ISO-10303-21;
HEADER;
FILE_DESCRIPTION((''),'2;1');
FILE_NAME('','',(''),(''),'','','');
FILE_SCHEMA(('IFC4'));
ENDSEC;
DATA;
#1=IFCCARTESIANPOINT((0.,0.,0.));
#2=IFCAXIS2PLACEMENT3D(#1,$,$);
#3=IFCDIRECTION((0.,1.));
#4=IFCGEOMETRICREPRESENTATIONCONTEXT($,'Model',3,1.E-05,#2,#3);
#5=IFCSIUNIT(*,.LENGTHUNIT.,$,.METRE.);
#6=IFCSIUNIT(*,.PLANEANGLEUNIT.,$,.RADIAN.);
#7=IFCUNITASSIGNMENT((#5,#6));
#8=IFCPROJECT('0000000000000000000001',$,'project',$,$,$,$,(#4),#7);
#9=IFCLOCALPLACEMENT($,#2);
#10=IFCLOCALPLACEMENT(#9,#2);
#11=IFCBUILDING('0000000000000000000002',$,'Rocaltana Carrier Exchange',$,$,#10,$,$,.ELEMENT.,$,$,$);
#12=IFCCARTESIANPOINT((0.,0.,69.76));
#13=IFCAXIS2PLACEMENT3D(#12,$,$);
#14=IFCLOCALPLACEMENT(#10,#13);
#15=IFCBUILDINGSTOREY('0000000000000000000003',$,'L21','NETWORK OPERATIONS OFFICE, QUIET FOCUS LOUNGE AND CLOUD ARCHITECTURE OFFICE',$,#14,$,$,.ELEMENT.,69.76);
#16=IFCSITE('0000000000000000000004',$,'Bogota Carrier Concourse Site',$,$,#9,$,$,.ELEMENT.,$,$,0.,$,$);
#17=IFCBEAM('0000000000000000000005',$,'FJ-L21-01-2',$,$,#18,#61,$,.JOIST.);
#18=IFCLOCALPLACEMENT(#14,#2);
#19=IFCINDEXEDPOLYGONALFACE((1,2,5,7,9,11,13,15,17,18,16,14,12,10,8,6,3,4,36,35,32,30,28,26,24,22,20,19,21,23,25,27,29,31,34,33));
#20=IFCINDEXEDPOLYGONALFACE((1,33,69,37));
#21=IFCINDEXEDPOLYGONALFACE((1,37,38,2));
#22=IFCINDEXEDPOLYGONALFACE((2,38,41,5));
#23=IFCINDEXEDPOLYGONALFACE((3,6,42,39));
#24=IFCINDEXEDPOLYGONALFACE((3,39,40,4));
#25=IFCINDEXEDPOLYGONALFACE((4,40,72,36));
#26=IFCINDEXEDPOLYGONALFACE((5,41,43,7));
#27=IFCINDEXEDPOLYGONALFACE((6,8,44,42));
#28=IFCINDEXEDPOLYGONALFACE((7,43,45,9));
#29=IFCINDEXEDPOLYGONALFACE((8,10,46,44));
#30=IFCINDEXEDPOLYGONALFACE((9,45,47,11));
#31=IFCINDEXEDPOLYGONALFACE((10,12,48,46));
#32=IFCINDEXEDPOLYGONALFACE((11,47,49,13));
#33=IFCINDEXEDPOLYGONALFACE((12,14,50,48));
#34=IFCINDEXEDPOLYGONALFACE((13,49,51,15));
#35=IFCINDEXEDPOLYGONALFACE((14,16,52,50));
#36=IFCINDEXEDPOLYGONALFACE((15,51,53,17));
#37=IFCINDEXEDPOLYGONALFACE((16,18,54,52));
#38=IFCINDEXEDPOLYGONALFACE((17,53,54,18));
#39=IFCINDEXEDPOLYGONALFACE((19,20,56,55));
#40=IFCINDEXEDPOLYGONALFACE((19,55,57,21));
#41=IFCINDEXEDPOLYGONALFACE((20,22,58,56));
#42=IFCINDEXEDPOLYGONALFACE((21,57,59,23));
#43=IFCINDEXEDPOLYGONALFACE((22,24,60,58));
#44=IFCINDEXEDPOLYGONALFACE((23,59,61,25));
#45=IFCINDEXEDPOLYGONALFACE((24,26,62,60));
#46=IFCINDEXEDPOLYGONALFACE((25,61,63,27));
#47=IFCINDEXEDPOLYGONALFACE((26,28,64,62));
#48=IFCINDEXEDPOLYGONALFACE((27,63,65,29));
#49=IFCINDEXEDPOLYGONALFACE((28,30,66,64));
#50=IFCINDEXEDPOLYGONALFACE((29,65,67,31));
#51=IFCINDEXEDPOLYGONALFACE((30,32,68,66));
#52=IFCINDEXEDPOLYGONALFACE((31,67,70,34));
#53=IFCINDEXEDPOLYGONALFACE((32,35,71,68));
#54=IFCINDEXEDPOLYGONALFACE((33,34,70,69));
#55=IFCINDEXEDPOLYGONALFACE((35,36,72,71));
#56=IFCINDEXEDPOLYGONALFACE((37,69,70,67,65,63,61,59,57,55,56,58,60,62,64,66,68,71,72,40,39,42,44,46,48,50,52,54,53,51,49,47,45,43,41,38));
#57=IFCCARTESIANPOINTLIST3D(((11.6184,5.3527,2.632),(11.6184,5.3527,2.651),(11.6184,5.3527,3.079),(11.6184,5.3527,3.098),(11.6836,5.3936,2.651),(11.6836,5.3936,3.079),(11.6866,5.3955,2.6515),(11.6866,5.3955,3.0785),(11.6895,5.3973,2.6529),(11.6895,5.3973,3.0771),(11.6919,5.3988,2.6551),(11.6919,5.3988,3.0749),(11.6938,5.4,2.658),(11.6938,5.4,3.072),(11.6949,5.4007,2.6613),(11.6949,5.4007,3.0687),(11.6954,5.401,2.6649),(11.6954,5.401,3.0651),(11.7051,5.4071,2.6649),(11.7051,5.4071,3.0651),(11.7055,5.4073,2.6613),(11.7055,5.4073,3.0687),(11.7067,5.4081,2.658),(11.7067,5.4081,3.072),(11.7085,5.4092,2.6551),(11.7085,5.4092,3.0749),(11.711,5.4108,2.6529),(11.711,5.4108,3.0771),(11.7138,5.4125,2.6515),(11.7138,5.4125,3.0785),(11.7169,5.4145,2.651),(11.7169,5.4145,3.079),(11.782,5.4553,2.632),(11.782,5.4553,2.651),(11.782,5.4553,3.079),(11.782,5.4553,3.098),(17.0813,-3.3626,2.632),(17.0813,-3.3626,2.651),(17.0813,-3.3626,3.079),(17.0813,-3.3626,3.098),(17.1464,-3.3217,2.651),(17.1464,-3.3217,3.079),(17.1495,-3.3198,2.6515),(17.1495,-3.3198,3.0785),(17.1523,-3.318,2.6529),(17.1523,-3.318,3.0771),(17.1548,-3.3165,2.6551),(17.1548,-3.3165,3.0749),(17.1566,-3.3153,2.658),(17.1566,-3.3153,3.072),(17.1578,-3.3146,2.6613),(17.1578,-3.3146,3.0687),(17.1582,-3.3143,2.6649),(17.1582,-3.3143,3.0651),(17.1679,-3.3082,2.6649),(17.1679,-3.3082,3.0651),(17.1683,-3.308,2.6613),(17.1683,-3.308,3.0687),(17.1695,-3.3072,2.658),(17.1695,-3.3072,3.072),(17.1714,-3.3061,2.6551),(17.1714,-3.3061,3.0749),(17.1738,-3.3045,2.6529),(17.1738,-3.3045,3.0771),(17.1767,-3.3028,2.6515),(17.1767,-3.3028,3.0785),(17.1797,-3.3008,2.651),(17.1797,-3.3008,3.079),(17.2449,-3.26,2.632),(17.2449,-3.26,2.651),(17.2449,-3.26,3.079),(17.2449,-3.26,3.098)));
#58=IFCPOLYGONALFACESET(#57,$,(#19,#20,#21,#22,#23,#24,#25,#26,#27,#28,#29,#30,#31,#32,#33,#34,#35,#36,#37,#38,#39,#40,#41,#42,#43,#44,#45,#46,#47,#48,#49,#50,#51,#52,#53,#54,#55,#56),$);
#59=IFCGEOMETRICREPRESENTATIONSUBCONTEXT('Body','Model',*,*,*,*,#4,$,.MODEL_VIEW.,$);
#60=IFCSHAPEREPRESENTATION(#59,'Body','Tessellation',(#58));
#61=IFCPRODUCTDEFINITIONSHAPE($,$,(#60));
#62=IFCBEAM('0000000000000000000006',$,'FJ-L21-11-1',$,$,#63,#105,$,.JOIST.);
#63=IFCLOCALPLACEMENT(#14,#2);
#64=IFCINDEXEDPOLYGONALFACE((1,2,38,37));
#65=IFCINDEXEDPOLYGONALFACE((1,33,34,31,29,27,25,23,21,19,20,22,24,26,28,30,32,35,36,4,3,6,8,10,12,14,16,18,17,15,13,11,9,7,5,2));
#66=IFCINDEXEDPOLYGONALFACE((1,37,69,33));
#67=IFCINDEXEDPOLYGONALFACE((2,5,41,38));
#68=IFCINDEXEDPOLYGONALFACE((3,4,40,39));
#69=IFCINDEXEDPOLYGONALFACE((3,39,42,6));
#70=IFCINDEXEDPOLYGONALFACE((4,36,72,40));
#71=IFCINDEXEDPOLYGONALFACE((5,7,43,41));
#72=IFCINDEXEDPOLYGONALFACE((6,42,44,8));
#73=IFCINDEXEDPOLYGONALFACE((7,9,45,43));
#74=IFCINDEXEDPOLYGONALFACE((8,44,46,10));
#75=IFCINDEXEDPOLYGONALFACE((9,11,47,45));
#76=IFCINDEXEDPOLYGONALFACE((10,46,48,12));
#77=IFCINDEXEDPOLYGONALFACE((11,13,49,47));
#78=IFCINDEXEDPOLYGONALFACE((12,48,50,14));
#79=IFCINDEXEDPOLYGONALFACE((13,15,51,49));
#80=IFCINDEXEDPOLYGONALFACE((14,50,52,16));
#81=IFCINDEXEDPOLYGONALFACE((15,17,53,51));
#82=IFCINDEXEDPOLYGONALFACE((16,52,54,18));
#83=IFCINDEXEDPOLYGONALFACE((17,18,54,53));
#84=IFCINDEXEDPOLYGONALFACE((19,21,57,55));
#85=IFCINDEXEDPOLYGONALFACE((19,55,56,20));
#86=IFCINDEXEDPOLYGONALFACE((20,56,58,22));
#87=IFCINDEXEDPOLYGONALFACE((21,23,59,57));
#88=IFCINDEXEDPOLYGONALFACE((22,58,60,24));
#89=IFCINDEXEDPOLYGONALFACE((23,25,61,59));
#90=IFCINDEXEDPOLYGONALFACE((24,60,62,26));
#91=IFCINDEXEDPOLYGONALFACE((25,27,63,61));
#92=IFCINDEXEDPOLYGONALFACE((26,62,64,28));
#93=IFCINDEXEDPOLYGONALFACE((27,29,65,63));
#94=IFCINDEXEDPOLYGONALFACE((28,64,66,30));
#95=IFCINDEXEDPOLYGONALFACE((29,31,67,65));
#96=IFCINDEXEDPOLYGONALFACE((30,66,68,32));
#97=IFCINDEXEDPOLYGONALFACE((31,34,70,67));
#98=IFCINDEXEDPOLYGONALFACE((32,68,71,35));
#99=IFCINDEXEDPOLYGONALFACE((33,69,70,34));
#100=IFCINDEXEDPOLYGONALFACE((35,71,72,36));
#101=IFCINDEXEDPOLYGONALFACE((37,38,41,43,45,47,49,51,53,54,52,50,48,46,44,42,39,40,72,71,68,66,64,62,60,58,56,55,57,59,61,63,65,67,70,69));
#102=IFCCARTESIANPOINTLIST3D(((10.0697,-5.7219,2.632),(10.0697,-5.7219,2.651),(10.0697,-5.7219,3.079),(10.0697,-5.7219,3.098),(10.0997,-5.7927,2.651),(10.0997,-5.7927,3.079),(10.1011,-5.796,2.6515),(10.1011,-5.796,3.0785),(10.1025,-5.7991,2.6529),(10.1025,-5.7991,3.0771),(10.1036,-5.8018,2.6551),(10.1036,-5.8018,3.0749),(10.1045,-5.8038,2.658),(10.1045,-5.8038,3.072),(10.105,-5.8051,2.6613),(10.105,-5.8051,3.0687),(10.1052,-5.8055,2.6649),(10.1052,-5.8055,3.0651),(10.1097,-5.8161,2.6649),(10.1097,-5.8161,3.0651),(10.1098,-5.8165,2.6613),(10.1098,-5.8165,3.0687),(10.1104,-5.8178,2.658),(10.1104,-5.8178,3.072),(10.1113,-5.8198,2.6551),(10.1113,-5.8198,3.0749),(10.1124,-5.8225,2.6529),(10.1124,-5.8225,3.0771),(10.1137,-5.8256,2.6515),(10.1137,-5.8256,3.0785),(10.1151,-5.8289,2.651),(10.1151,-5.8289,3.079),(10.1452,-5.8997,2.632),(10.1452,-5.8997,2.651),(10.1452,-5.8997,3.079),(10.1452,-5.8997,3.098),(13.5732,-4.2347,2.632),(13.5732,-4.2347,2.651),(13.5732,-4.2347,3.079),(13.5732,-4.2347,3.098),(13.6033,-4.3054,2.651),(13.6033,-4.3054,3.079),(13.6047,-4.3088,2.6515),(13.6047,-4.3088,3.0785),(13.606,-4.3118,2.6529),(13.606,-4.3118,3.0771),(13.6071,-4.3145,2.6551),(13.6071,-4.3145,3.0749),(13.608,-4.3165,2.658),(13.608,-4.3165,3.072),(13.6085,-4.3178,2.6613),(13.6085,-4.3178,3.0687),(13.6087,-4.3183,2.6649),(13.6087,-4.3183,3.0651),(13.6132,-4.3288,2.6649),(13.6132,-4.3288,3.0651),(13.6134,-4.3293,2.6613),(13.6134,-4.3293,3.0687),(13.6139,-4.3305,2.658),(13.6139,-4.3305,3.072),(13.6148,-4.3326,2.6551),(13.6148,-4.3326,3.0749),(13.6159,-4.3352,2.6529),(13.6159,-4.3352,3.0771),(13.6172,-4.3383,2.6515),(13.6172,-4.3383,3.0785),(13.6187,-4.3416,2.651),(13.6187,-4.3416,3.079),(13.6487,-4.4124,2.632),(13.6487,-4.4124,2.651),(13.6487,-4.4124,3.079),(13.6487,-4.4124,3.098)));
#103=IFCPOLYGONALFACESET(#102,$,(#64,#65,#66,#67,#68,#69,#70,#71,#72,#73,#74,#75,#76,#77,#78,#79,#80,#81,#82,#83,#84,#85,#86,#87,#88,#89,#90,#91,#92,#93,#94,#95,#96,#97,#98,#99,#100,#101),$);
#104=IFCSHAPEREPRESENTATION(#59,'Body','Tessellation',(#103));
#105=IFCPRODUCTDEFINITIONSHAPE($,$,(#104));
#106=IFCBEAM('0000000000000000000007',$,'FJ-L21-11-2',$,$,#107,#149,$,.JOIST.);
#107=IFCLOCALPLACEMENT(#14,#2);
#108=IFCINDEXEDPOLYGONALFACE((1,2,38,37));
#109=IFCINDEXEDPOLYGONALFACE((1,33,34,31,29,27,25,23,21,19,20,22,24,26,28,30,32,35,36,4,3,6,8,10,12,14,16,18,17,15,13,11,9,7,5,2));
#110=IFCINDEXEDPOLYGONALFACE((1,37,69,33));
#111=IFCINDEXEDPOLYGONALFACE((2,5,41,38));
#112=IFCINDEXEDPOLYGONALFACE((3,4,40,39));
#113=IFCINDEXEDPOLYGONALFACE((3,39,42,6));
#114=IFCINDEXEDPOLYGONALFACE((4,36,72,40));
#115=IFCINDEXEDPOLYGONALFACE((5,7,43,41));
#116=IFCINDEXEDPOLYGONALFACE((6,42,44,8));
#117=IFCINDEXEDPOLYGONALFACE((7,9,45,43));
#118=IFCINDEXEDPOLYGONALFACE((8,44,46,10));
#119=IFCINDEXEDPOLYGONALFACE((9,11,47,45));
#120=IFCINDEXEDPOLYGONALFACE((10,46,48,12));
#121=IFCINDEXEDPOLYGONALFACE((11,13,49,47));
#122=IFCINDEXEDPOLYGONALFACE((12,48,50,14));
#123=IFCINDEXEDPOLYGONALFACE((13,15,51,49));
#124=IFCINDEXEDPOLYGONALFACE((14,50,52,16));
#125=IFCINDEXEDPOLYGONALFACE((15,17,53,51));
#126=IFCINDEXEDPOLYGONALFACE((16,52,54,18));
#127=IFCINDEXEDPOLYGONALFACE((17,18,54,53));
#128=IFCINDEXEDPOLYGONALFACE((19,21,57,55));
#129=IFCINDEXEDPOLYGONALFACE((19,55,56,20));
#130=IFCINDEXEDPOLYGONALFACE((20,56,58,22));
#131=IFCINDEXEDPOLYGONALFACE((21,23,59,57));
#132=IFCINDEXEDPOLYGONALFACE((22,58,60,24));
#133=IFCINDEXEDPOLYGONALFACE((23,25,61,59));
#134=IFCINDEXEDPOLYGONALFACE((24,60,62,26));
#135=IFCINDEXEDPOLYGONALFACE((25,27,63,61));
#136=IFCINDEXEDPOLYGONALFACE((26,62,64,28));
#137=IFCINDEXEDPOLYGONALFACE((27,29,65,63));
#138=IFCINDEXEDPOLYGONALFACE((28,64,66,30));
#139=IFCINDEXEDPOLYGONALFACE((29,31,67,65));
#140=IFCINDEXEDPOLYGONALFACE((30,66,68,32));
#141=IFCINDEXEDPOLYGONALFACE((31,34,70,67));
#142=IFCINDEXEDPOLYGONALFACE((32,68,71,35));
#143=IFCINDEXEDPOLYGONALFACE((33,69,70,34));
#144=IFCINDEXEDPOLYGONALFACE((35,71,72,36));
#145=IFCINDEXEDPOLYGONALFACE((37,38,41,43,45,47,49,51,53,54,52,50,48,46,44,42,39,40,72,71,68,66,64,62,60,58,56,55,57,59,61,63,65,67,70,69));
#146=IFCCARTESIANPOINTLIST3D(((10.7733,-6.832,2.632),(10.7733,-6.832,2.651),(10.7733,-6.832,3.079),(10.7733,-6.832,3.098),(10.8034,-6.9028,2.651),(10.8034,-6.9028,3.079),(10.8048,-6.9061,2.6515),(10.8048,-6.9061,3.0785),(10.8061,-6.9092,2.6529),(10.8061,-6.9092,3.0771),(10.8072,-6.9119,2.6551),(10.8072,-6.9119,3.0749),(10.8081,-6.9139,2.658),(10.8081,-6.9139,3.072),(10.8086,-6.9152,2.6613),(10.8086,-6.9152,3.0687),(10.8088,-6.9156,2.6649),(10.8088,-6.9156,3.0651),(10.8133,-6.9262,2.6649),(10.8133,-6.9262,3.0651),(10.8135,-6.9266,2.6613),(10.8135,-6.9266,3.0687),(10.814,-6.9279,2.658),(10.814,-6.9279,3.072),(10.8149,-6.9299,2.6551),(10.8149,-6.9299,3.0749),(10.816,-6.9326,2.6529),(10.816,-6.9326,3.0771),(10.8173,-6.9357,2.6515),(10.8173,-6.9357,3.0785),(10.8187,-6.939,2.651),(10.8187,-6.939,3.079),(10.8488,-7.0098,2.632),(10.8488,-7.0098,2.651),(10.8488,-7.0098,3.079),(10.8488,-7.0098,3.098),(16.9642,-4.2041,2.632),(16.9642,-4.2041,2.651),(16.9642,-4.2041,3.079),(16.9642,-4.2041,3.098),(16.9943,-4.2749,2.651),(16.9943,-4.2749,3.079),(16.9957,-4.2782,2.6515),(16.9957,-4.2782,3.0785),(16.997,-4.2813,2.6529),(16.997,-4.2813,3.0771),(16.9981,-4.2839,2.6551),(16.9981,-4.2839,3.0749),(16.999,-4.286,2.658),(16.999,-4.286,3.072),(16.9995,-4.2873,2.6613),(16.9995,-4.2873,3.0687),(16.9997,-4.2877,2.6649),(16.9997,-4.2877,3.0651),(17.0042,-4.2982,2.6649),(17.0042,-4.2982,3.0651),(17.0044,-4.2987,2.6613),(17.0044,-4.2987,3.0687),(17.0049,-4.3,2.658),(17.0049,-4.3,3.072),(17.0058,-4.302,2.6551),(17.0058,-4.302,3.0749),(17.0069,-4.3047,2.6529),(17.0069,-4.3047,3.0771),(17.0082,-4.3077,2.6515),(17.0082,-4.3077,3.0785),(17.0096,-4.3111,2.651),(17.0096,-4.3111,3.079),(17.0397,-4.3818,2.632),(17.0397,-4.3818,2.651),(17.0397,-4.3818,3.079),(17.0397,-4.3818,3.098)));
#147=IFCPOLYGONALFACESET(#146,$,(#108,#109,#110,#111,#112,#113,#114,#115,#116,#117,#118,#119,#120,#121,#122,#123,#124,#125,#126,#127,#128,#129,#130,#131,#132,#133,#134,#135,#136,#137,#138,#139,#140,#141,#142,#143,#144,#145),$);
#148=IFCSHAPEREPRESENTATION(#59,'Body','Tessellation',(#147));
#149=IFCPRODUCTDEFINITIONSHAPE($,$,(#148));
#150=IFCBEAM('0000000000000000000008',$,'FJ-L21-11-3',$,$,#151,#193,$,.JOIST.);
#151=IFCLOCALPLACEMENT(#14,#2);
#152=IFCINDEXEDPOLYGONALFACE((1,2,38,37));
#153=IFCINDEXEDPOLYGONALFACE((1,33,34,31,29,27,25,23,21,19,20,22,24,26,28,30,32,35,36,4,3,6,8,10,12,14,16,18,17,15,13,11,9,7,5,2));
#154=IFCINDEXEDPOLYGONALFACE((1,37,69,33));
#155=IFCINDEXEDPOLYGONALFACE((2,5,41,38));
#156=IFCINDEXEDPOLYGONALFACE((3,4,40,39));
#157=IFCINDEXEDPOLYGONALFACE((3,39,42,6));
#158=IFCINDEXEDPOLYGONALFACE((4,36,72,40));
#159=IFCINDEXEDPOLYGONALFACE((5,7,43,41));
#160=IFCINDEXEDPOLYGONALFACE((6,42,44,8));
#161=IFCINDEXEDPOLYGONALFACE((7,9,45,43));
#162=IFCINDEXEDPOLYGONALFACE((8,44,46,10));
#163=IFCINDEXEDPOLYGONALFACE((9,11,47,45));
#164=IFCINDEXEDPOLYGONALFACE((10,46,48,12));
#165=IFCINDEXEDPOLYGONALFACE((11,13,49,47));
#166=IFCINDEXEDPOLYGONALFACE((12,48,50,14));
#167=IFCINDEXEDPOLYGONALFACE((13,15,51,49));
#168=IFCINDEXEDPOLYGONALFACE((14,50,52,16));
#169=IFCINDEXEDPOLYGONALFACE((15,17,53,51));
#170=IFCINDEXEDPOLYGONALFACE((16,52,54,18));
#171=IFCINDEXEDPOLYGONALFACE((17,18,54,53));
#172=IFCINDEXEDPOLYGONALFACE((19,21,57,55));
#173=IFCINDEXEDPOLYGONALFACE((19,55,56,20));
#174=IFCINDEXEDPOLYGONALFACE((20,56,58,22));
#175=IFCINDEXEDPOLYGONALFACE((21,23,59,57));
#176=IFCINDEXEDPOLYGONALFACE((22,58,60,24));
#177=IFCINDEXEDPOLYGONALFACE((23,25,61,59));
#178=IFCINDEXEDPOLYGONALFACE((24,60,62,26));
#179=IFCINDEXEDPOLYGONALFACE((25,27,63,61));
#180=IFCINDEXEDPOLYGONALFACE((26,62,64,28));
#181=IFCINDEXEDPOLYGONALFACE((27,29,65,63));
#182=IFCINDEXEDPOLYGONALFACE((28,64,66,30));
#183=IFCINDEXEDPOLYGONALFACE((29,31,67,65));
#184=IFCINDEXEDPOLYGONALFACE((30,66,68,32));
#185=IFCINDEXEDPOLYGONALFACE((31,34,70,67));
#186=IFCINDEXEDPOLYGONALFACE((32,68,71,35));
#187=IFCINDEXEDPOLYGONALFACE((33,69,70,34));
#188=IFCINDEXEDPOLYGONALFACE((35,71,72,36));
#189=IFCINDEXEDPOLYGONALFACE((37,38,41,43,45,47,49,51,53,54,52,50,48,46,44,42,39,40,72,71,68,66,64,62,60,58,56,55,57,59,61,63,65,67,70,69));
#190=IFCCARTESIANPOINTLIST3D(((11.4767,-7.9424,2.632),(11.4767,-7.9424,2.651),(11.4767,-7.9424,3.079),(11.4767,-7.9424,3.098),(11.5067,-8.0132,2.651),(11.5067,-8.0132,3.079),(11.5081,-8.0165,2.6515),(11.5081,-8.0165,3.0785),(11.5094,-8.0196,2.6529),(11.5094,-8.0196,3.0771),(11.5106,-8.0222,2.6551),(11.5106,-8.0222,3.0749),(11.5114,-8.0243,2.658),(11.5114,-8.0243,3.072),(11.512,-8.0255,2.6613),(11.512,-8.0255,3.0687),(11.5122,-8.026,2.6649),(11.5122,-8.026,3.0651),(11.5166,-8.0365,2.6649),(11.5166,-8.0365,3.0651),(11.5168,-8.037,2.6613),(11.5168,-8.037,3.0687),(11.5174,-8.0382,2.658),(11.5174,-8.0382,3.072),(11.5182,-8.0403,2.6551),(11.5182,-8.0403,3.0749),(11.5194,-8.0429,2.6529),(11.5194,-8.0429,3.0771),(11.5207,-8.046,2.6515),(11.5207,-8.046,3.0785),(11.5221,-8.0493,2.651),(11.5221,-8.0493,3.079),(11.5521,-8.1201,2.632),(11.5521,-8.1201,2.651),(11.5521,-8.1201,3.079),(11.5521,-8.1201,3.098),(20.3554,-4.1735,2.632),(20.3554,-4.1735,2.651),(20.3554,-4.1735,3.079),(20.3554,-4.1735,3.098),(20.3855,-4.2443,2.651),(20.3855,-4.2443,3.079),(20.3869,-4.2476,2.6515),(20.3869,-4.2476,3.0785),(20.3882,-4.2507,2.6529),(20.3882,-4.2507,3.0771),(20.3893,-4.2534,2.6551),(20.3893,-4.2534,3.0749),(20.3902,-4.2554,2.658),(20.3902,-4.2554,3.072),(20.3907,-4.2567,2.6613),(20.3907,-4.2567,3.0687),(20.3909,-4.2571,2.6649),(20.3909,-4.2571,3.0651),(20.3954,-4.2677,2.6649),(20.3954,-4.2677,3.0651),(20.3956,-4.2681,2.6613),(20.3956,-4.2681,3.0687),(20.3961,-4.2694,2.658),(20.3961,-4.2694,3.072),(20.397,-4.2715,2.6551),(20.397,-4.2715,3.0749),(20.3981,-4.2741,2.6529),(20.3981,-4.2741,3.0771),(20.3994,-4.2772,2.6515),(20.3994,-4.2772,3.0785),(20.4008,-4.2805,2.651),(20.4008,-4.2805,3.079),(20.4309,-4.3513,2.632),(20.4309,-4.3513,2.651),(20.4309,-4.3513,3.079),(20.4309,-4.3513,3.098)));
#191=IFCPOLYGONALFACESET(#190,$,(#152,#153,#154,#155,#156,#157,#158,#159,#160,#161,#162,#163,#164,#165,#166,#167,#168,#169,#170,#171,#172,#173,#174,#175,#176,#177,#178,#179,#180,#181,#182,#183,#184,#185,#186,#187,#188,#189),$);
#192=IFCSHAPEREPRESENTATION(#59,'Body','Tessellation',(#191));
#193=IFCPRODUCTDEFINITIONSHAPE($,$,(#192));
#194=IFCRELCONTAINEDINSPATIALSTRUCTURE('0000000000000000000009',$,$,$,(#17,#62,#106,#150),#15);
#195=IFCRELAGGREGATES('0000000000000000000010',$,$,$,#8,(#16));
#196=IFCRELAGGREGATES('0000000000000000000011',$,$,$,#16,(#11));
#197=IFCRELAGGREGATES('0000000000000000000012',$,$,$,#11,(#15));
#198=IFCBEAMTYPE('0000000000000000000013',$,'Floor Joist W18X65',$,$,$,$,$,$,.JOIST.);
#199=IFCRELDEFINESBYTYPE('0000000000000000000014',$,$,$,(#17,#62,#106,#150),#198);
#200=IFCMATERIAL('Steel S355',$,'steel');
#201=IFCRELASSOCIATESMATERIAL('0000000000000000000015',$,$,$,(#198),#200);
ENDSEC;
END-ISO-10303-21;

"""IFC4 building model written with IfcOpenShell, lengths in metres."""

from ifc_helpers import new_model, si_unit, direction, frame, origin, origin_2d, place, context, subcontext, project, spatial, i_section, extrude, material, material_profile, profile_set, type_object, element, save


model = new_model("IFC4")

# Units and contexts
model_context = context("Model", 3, precision=1e-05, world=origin(), true_north=direction((0.0, 1.0)))
body_context = subcontext(model_context, "Body", "Model", "MODEL_VIEW")
ifc_project = project(units=[si_unit("LENGTHUNIT", "METRE"), si_unit("PLANEANGLEUNIT", "RADIAN")], contexts=[model_context])

# Site, building, storey
site_placement = place(None, origin())
site = spatial("IfcSite", under=ifc_project, at=site_placement, Name="Bogota Carrier Concourse Site", CompositionType="ELEMENT", RefElevation=0.0)
building_placement = place(site_placement, origin())
building = spatial("IfcBuilding", under=site, at=building_placement, Name="Rocaltana Carrier Exchange", CompositionType="ELEMENT")
storey_placement = place(building_placement, frame((0.0, 0.0, 69.76)))
storey = spatial("IfcBuildingStorey", under=building, at=storey_placement, Name="L21", Description="NETWORK OPERATIONS OFFICE, QUIET FOCUS LOUNGE AND CLOUD ARCHITECTURE OFFICE", CompositionType="ELEMENT", Elevation=69.76)

# Beams
ifc_material_1 = material(Name="Steel S355", Category="steel")
ifc_material_profile_1 = material_profile(ifc_material_1, i_section(OverallWidth=0.1931, OverallDepth=0.4661, WebThickness=0.0115, FlangeThickness=0.019, FilletRadius=0.0139, at=origin_2d()), Name="W18X65")
ifc_profile_set_1 = profile_set([ifc_material_profile_1], Name="Steel S355")
beam_type_1 = type_object("IfcBeamType", Name="Floor Joist W18X65", PredefinedType="JOIST", material=ifc_profile_set_1)
beam_1_placement = place(storey_placement, frame((17.1631, -3.3113, 2.865), z_axis=(-0.531104, 0.847307, 0.0), x_axis=(-0.847307, -0.531104, 0.0)))
element("IfcBeam", 1, at=beam_1_placement, inside=storey, type_object=beam_type_1, Name="FJ-L21-01-2", PredefinedType="JOIST", context=body_context, shape_type="SweptSolid", body=[
    extrude(i_section(OverallWidth=0.1931, OverallDepth=0.4661, WebThickness=0.0115, FlangeThickness=0.019, FilletRadius=0.0139, at=origin_2d()), origin(), (0.0, 0.0, 1.0), 10.2859),
])
beam_2_placement = place(storey_placement, frame((10.1074, -5.8108, 2.865), z_axis=(0.920497, 0.390751, 0.0), x_axis=(-0.390751, 0.920497, 0.0)))
element("IfcBeam", 2, at=beam_2_placement, inside=storey, type_object=beam_type_1, Name="FJ-L21-11-1", PredefinedType="JOIST", context=body_context, shape_type="SweptSolid", body=[
    extrude(i_section(OverallWidth=0.1931, OverallDepth=0.4661, WebThickness=0.0115, FlangeThickness=0.019, FilletRadius=0.0139, at=origin_2d()), origin(), (0.0, 0.0, 1.0), 3.8062),
])
beam_3_placement = place(storey_placement, frame((10.811, -6.9209, 2.865), z_axis=(0.920503, 0.390736, 0.0), x_axis=(-0.390736, 0.920503, 0.0)))
element("IfcBeam", 3, at=beam_3_placement, inside=storey, type_object=beam_type_1, Name="FJ-L21-11-2", PredefinedType="JOIST", context=body_context, shape_type="SweptSolid", body=[
    extrude(i_section(OverallWidth=0.1931, OverallDepth=0.4661, WebThickness=0.0115, FlangeThickness=0.019, FilletRadius=0.0139, at=origin_2d()), origin(), (0.0, 0.0, 1.0), 6.7256),
])
beam_4_placement = place(storey_placement, frame((11.5144, -8.0312, 2.865), z_axis=(0.920504, 0.390734, 0.0), x_axis=(-0.390734, 0.920504, 0.0)))
element("IfcBeam", 4, at=beam_4_placement, inside=storey, type_object=beam_type_1, Name="FJ-L21-11-3", PredefinedType="JOIST", context=body_context, shape_type="SweptSolid", body=[
    extrude(i_section(OverallWidth=0.1931, OverallDepth=0.4661, WebThickness=0.0115, FlangeThickness=0.019, FilletRadius=0.0139, at=origin_2d()), origin(), (0.0, 0.0, 1.0), 9.6455),
])

save(model, "model.ifc")
